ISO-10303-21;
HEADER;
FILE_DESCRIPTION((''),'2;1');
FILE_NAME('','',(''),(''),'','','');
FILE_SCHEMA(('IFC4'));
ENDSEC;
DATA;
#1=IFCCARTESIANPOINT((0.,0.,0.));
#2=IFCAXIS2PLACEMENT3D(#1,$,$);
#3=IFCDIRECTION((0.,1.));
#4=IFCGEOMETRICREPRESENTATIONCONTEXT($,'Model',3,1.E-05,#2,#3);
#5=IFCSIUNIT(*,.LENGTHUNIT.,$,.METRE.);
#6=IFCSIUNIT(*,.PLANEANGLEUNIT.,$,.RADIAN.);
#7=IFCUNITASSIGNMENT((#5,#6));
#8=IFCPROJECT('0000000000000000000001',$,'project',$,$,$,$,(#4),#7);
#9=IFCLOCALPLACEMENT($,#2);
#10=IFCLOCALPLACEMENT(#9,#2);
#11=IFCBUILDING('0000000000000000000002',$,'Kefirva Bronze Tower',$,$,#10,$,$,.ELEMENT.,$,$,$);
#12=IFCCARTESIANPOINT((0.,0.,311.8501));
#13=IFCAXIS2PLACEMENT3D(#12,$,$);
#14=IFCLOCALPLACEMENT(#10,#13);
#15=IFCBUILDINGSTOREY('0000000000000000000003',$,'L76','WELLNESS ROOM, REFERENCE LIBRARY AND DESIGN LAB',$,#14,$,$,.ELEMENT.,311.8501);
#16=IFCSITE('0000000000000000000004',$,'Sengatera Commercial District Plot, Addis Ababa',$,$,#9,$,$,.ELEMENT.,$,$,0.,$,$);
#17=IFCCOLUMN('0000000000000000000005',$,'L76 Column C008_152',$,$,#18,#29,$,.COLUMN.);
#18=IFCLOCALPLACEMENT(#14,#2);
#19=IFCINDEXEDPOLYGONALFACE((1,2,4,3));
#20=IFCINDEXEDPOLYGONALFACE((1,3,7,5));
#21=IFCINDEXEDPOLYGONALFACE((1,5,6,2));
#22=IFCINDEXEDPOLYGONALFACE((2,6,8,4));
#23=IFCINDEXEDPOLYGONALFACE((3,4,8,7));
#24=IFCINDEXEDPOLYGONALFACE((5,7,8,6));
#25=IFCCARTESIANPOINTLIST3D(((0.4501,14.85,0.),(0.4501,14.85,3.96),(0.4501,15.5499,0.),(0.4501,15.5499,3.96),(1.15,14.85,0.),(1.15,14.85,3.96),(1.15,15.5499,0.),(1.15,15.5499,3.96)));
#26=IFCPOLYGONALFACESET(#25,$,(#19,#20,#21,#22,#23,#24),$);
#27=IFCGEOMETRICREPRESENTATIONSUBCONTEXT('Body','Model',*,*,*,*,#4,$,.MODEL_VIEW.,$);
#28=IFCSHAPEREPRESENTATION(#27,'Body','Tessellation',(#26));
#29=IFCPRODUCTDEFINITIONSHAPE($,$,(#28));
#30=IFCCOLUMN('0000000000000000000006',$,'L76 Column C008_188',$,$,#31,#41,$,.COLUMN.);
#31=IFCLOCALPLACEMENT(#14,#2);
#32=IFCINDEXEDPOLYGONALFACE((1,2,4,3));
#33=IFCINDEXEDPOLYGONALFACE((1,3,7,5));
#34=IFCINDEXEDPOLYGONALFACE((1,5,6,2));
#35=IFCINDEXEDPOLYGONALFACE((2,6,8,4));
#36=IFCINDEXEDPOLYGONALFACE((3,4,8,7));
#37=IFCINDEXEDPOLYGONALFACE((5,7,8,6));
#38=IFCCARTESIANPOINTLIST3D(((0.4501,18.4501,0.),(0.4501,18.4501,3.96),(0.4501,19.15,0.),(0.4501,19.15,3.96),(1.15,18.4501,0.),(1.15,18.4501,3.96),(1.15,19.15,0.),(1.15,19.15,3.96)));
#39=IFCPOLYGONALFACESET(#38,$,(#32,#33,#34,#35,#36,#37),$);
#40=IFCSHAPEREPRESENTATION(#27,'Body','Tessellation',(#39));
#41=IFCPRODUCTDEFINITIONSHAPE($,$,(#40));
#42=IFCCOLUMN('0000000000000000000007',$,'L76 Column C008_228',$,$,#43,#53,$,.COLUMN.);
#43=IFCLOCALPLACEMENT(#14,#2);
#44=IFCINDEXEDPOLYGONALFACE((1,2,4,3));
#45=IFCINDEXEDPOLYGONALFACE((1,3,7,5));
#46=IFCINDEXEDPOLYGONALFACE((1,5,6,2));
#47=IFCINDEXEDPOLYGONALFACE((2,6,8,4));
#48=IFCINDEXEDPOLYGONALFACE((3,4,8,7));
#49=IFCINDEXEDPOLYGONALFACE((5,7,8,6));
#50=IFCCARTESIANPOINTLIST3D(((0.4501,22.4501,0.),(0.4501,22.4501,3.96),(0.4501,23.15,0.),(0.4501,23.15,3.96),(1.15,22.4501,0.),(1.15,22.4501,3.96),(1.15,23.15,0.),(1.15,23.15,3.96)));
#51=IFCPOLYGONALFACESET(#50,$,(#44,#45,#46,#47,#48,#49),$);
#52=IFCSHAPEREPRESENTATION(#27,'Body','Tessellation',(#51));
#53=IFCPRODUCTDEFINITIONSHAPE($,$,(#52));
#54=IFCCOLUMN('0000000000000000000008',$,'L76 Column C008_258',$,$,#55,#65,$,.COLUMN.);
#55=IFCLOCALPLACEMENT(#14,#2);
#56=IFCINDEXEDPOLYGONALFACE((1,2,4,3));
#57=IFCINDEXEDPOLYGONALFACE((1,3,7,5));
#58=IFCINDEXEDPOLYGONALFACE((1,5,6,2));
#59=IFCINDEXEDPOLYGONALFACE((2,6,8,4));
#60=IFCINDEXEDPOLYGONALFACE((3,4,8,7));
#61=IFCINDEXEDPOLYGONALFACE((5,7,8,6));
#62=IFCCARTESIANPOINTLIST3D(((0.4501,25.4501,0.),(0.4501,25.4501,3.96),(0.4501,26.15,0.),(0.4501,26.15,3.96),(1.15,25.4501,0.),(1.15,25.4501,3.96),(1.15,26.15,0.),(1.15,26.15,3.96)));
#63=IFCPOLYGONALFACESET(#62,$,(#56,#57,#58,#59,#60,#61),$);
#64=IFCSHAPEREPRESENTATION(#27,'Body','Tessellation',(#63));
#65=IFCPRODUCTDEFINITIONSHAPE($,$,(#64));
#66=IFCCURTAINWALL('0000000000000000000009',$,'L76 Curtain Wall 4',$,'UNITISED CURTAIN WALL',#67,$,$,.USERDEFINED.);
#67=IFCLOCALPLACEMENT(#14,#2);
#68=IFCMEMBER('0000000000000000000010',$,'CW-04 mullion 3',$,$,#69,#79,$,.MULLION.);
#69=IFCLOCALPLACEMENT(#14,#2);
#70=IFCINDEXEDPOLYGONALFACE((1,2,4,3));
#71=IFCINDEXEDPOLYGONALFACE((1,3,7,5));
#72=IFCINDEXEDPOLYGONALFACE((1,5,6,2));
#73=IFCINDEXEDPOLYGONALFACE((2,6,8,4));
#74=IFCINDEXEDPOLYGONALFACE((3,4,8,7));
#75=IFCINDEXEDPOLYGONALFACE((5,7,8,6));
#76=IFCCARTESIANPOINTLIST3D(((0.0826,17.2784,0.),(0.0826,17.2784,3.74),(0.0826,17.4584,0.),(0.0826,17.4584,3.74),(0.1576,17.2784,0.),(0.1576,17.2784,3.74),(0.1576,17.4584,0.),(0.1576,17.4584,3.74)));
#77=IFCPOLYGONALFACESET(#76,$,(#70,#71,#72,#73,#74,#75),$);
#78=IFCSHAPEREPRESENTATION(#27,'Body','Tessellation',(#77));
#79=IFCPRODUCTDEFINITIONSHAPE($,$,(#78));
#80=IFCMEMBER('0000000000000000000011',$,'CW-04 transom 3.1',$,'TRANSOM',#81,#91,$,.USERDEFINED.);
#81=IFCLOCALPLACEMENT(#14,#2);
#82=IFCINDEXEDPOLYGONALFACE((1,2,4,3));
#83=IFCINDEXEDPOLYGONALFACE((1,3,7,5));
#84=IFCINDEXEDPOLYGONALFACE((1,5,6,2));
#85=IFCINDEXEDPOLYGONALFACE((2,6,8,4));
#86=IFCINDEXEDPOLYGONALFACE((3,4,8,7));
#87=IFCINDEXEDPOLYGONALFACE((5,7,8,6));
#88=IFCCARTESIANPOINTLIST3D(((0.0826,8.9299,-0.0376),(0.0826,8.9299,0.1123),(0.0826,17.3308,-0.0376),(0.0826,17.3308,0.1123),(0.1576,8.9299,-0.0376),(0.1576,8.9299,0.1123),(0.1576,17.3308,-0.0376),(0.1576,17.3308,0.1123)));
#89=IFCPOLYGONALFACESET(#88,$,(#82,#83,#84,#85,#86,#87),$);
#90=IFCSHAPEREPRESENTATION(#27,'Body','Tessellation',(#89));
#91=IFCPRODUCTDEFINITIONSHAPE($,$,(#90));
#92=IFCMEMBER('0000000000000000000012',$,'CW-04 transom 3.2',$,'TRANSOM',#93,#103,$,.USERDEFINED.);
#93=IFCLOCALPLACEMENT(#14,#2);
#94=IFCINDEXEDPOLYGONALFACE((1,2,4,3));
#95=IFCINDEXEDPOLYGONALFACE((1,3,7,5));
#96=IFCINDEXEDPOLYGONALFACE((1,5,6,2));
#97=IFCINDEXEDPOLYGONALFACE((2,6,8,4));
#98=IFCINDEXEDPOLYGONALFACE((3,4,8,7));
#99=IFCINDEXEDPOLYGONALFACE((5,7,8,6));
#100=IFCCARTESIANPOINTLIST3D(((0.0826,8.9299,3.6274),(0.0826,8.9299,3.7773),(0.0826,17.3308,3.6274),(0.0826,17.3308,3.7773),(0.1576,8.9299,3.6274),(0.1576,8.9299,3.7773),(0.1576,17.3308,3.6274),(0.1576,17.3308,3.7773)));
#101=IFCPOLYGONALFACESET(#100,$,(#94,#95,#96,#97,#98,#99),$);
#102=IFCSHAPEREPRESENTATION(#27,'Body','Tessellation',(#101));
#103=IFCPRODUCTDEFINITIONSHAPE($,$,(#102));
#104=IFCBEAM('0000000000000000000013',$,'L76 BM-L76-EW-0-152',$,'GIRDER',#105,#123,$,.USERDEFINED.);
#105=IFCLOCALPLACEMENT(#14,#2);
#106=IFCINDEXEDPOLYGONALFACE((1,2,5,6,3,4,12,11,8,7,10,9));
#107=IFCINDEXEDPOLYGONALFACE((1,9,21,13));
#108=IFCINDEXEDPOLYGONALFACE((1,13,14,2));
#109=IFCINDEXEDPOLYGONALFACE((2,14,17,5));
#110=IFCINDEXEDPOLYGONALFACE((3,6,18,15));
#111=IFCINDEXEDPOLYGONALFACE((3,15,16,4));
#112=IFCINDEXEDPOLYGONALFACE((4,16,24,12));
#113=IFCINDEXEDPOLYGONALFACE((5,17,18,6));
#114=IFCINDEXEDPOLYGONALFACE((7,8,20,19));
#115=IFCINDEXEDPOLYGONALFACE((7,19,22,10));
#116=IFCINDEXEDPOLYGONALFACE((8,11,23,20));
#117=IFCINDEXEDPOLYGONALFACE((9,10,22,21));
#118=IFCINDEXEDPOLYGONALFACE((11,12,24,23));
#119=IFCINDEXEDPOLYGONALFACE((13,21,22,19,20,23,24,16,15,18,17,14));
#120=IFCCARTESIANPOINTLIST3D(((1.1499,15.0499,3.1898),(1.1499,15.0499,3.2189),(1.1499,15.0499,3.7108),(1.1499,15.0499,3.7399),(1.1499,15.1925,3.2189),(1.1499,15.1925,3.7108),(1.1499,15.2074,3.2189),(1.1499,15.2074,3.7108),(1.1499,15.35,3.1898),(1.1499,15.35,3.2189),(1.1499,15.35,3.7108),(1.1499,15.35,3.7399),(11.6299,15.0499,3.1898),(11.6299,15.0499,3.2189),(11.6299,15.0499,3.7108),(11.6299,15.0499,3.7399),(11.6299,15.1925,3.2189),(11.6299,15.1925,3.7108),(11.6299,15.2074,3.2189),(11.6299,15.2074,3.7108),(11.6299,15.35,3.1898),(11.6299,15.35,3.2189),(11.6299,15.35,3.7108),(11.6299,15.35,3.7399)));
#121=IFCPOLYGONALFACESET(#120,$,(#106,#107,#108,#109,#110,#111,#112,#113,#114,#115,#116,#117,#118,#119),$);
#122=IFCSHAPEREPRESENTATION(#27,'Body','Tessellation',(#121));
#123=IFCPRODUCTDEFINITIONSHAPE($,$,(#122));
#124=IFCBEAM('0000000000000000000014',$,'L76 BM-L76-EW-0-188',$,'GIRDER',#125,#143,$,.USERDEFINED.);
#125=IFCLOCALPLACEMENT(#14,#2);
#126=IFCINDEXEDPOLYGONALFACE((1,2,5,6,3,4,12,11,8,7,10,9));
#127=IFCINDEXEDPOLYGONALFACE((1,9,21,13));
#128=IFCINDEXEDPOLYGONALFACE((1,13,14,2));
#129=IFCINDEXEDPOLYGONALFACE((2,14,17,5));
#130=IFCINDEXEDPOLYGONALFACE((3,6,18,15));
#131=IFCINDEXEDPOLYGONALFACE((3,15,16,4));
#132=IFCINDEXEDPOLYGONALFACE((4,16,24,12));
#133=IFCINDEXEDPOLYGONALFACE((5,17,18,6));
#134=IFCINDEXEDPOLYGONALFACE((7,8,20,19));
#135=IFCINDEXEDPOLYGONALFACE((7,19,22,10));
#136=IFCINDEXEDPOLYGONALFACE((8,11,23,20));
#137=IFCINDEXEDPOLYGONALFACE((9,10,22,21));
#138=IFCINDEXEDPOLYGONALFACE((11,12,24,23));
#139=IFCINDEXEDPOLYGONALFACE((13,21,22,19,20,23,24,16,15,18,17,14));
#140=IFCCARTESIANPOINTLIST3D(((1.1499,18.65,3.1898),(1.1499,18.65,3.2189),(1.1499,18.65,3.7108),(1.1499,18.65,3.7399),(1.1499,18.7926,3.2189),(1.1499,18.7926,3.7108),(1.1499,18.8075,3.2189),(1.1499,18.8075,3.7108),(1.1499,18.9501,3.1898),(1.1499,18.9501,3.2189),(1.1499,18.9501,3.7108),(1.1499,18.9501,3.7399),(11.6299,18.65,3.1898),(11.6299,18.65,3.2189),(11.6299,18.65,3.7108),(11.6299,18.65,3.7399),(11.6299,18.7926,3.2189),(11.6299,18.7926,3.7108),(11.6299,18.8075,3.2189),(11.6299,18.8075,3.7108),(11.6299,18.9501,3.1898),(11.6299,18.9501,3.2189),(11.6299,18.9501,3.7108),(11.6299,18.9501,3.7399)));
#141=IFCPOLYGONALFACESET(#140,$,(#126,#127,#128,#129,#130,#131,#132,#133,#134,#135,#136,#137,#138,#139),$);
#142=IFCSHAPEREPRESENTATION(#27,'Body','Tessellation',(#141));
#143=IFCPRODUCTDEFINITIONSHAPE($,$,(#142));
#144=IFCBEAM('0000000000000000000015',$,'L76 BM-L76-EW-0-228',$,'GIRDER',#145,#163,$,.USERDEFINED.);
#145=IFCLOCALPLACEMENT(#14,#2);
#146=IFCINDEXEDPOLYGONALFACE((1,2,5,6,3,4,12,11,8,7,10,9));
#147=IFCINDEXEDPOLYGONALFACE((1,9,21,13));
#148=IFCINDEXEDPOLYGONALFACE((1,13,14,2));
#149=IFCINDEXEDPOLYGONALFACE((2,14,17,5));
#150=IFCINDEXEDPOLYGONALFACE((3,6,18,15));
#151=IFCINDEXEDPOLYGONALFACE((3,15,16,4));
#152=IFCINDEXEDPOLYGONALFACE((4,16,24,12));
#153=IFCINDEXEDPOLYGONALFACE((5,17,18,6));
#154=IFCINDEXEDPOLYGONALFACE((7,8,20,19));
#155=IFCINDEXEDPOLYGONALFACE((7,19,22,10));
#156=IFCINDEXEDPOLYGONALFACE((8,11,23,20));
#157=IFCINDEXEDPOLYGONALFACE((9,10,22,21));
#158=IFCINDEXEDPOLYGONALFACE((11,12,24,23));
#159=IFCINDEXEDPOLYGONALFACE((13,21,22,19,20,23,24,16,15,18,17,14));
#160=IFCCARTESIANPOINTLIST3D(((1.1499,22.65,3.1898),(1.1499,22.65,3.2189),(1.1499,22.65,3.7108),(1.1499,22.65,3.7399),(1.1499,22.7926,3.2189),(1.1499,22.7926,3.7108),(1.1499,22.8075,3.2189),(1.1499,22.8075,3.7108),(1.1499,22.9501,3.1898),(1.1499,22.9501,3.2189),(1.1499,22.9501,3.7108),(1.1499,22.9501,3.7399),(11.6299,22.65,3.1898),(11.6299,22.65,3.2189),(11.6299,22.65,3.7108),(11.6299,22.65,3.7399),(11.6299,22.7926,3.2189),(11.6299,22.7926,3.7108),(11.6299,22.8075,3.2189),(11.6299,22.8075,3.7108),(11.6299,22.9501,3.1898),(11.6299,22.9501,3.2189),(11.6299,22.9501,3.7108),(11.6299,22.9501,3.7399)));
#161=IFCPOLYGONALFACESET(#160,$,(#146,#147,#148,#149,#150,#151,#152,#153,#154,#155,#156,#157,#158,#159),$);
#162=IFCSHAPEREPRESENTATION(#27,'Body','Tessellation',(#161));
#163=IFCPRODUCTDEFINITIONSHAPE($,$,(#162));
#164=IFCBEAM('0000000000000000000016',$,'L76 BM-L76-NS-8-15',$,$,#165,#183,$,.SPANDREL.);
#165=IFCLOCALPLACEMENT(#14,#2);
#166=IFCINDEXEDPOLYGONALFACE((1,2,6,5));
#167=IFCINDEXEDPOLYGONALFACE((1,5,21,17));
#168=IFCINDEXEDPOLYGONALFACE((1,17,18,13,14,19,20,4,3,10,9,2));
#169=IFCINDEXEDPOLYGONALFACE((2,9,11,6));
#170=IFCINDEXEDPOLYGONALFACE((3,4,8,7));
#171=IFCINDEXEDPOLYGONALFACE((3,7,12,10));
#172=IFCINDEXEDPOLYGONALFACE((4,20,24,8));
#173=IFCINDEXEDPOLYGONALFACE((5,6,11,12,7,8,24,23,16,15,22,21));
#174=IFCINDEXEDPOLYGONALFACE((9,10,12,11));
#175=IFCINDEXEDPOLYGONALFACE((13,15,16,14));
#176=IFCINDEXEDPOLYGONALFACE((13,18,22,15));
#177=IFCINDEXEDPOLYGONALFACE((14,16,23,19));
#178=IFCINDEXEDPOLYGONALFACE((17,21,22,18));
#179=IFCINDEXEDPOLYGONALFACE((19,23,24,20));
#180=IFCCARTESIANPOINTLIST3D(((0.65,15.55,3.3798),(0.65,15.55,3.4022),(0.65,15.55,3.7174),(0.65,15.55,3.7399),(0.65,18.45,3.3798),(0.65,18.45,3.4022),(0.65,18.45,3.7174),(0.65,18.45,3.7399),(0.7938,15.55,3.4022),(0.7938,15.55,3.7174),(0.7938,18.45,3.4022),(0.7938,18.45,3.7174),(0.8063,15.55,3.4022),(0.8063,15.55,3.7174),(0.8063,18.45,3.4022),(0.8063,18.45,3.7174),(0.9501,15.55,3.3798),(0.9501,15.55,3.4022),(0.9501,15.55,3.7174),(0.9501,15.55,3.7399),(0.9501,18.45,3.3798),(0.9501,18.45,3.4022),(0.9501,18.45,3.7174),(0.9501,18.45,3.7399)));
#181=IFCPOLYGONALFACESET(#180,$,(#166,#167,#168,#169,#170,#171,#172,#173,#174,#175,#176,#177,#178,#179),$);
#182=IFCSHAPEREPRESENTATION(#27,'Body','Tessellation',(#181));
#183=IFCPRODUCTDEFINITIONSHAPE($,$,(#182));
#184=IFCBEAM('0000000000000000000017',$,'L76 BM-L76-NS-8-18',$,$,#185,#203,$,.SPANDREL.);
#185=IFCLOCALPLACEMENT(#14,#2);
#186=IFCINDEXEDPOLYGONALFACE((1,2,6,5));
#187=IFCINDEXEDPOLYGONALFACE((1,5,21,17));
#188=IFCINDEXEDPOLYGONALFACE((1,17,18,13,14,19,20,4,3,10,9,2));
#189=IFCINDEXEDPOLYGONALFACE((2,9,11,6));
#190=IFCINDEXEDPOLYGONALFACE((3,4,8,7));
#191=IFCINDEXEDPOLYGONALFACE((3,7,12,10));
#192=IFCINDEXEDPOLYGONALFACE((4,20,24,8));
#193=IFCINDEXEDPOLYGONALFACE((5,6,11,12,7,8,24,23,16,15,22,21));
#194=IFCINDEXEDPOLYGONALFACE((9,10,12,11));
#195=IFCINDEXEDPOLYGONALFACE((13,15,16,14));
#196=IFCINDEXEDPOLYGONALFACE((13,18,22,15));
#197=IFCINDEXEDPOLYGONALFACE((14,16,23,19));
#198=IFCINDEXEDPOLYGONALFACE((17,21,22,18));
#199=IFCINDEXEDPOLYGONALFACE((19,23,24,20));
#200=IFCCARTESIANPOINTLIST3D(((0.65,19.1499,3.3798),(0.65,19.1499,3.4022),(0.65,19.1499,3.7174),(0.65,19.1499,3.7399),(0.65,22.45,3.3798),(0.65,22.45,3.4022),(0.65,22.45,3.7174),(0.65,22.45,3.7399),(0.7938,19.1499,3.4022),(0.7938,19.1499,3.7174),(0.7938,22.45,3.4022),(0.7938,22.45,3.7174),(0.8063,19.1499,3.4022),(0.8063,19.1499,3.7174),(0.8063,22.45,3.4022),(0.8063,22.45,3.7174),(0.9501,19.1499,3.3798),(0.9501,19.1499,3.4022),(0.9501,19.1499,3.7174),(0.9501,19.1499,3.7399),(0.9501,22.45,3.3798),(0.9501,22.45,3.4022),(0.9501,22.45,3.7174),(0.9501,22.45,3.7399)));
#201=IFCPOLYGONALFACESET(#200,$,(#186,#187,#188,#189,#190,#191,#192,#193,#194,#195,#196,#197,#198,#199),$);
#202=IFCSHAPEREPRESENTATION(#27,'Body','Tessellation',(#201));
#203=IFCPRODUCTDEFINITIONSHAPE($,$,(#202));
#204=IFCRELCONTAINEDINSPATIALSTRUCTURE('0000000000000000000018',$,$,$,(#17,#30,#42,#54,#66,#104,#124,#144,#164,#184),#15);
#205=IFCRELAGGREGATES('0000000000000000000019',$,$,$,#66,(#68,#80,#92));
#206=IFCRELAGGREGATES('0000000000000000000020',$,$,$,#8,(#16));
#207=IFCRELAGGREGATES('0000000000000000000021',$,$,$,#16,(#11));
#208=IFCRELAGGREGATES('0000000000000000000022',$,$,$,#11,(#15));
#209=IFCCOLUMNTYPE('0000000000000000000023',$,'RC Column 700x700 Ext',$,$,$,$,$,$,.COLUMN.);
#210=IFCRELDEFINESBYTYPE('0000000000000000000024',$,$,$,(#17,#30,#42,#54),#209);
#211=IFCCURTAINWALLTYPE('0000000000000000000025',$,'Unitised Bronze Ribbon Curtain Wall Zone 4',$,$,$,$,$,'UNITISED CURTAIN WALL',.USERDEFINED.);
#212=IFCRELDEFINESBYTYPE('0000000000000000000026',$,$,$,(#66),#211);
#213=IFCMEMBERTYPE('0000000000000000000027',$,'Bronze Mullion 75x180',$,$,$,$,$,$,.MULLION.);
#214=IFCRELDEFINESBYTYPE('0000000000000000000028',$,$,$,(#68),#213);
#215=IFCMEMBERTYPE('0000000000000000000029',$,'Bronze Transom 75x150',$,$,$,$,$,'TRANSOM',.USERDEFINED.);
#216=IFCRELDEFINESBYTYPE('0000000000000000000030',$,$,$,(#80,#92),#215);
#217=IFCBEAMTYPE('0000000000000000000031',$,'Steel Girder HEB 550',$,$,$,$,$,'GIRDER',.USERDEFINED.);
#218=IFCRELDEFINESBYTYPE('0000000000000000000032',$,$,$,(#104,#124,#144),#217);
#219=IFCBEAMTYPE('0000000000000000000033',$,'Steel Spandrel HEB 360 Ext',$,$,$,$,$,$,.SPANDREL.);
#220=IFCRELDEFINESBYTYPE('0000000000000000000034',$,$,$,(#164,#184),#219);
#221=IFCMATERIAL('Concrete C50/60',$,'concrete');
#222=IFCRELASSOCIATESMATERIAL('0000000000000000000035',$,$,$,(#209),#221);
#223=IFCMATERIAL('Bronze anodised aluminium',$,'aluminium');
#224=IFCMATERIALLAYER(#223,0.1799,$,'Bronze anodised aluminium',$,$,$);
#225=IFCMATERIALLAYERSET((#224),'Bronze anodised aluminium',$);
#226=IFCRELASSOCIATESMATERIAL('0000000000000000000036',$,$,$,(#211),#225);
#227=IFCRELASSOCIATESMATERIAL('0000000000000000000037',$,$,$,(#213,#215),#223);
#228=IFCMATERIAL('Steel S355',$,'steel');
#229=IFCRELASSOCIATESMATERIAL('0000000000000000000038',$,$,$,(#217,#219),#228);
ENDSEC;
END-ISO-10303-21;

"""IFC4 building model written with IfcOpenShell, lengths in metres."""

from ifc_helpers import new_model, si_unit, direction, frame, origin, origin_2d, place, context, subcontext, project, spatial, rectangle, i_section, extrude, material, layer, layer_set, material_profile, profile_set, type_object, element, aggregate, save


model = new_model("IFC4")

# Units and contexts
model_context = context("Model", 3, precision=1e-05, world=origin(), true_north=direction((0.0, 1.0)))
body_context = subcontext(model_context, "Body", "Model", "MODEL_VIEW")
ifc_project = project(units=[si_unit("LENGTHUNIT", "METRE"), si_unit("PLANEANGLEUNIT", "RADIAN")], contexts=[model_context])

# Site, building, storey
site_placement = place(None, origin())
site = spatial("IfcSite", under=ifc_project, at=site_placement, Name="Sengatera Commercial District Plot, Addis Ababa", CompositionType="ELEMENT", RefElevation=0.0)
building_placement = place(site_placement, origin())
building = spatial("IfcBuilding", under=site, at=building_placement, Name="Kefirva Bronze Tower", CompositionType="ELEMENT")
storey_placement = place(building_placement, frame((0.0, 0.0, 311.8501)))
storey = spatial("IfcBuildingStorey", under=building, at=storey_placement, Name="L76", Description="WELLNESS ROOM, REFERENCE LIBRARY AND DESIGN LAB", CompositionType="ELEMENT", Elevation=311.8501)

# Columns
ifc_material_1 = material(Name="Concrete C50/60", Category="concrete")
ifc_material_profile_1 = material_profile(ifc_material_1, rectangle(XDim=0.7, YDim=0.7, at=origin_2d()), Name="RC 700x700")
ifc_profile_set_1 = profile_set([ifc_material_profile_1], Name="Concrete C50/60")
column_type = type_object("IfcColumnType", Name="RC Column 700x700 Ext", PredefinedType="COLUMN", material=ifc_profile_set_1)
for number, where, z_axis, x_axis, name in (
    (1, (0.8, 15.2, 0.0), (0.0, 0.0, 1.0), (1.0, 0.0, 0.0), "L76 Column C008_152"),
    (2, (0.8, 18.8, 0.0), (0.0, 0.0, 1.0), (1.0, 0.0, 0.0), "L76 Column C008_188"),
    (3, (0.8, 22.8, 0.0), (0.0, 0.0, 1.0), (1.0, 0.0, 0.0), "L76 Column C008_228"),
    (4, (0.8, 25.8, 0.0), (0.0, 0.0, 1.0), (1.0, 0.0, 0.0), "L76 Column C008_258"),
):
    element("IfcColumn", number, at=place(storey_placement, frame(where, z_axis=z_axis, x_axis=x_axis)), inside=storey, type_object=column_type, Name=name, PredefinedType="COLUMN", context=body_context, shape_type="SweptSolid", body=[
        extrude(rectangle(XDim=0.7, YDim=0.7, at=origin_2d()), origin(), (0.0, 0.0, 1.0), 3.96),
    ])

# Curtain wall, members
ifc_material_2 = material(Name="Bronze anodised aluminium", Category="aluminium")
ifc_layer_1 = layer(ifc_material_2, 0.1799, Name="Bronze anodised aluminium")
ifc_layer_set_1 = layer_set([ifc_layer_1], Name="Bronze anodised aluminium")
curtain_wall_type = type_object("IfcCurtainWallType", Name="Unitised Bronze Ribbon Curtain Wall Zone 4", ElementType="UNITISED CURTAIN WALL", PredefinedType="USERDEFINED", material=ifc_layer_set_1)
curtain_wall_placement = place(storey_placement, origin())
curtain_wall = element("IfcCurtainWall", 5, at=curtain_wall_placement, inside=storey, type_object=curtain_wall_type, Name="L76 Curtain Wall 4", ObjectType="UNITISED CURTAIN WALL", PredefinedType="USERDEFINED")
ifc_material_profile_2 = material_profile(ifc_material_2, rectangle(XDim=0.075, YDim=0.1799, at=origin_2d()), Name="ALU 75x180")
ifc_profile_set_2 = profile_set([ifc_material_profile_2], Name="Bronze anodised aluminium")
member_type_1 = type_object("IfcMemberType", Name="Bronze Mullion 75x180", PredefinedType="MULLION", material=ifc_profile_set_2)
member_1_placement = place(storey_placement, frame((0.1201, 17.3684, 0.0), z_axis=(0.0, 0.0, 1.0), x_axis=(1.0, 0.0, 0.0)))
member_1 = element("IfcMember", 6, at=member_1_placement, type_object=member_type_1, Name="CW-04 mullion 3", PredefinedType="MULLION", context=body_context, shape_type="SweptSolid", body=[
    extrude(rectangle(XDim=0.075, YDim=0.1799, at=origin_2d()), origin(), (0.0, 0.0, 1.0), 3.74),
])
ifc_material_profile_3 = material_profile(ifc_material_2, rectangle(XDim=0.075, YDim=0.1499, at=origin_2d()), Name="ALU 75x150")
ifc_profile_set_3 = profile_set([ifc_material_profile_3], Name="Bronze anodised aluminium")
member_type_2 = type_object("IfcMemberType", Name="Bronze Transom 75x150", ElementType="TRANSOM", PredefinedType="USERDEFINED", material=ifc_profile_set_3)
member_2_placement = place(storey_placement, frame((0.1201, 17.3308, 0.0374), z_axis=(0.0, -1.0, 0.0), x_axis=(1.0, 0.0, 0.0)))
member_2 = element("IfcMember", 7, at=member_2_placement, type_object=member_type_2, Name="CW-04 transom 3.1", ObjectType="TRANSOM", PredefinedType="USERDEFINED", context=body_context, shape_type="SweptSolid", body=[
    extrude(rectangle(XDim=0.075, YDim=0.1499, at=origin_2d()), origin(), (0.0, 0.0, 1.0), 8.4009),
])
member_3_placement = place(storey_placement, frame((0.1201, 17.3308, 3.7024), z_axis=(0.0, -1.0, 0.0), x_axis=(1.0, 0.0, 0.0)))
member_3 = element("IfcMember", 8, at=member_3_placement, type_object=member_type_2, Name="CW-04 transom 3.2", ObjectType="TRANSOM", PredefinedType="USERDEFINED", context=body_context, shape_type="SweptSolid", body=[
    extrude(rectangle(XDim=0.075, YDim=0.1499, at=origin_2d()), origin(), (0.0, 0.0, 1.0), 8.4009),
])

# Beams
ifc_material_3 = material(Name="Steel S355", Category="steel")
ifc_material_profile_4 = material_profile(ifc_material_3, i_section(OverallWidth=0.3, OverallDepth=0.55, WebThickness=0.0149, FlangeThickness=0.0291, at=origin_2d()), Name="HEB 550")
ifc_profile_set_4 = profile_set([ifc_material_profile_4], Name="Steel S355")
beam_type_1 = type_object("IfcBeamType", Name="Steel Girder HEB 550", ElementType="GIRDER", PredefinedType="USERDEFINED", material=ifc_profile_set_4)
for number, where, z_axis, x_axis, name in (
    (9, (1.1499, 15.2, 3.4648), (1.0, 0.0, 0.0), (0.0, 1.0, 0.0), "L76 BM-L76-EW-0-152"),
    (10, (1.1499, 18.8, 3.4648), (1.0, 0.0, 0.0), (0.0, 1.0, 0.0), "L76 BM-L76-EW-0-188"),
    (11, (1.1499, 22.8, 3.4648), (1.0, 0.0, 0.0), (0.0, 1.0, 0.0), "L76 BM-L76-EW-0-228"),
):
    element("IfcBeam", number, at=place(storey_placement, frame(where, z_axis=z_axis, x_axis=x_axis)), inside=storey, type_object=beam_type_1, Name=name, ObjectType="GIRDER", PredefinedType="USERDEFINED", context=body_context, shape_type="SweptSolid", body=[
        extrude(i_section(OverallWidth=0.3, OverallDepth=0.55, WebThickness=0.0149, FlangeThickness=0.0291, at=origin_2d()), origin(), (0.0, 0.0, 1.0), 10.48),
    ])
ifc_material_profile_5 = material_profile(ifc_material_3, i_section(OverallWidth=0.3, OverallDepth=0.3601, WebThickness=0.0125, FlangeThickness=0.0225, at=origin_2d()), Name="HEB 360")
ifc_profile_set_5 = profile_set([ifc_material_profile_5], Name="Steel S355")
beam_type_2 = type_object("IfcBeamType", Name="Steel Spandrel HEB 360 Ext", PredefinedType="SPANDREL", material=ifc_profile_set_5)
beam_1_placement = place(storey_placement, frame((0.8, 15.55, 3.5598), z_axis=(0.0, 1.0, 0.0), x_axis=(-1.0, 0.0, 0.0)))
element("IfcBeam", 12, at=beam_1_placement, inside=storey, type_object=beam_type_2, Name="L76 BM-L76-NS-8-15", PredefinedType="SPANDREL", context=body_context, shape_type="SweptSolid", body=[
    extrude(i_section(OverallWidth=0.3, OverallDepth=0.3601, WebThickness=0.0125, FlangeThickness=0.0225, at=origin_2d()), origin(), (0.0, 0.0, 1.0), 2.8999),
])
beam_2_placement = place(storey_placement, frame((0.8, 19.1499, 3.5598), z_axis=(0.0, 1.0, 0.0), x_axis=(-1.0, 0.0, 0.0)))
element("IfcBeam", 13, at=beam_2_placement, inside=storey, type_object=beam_type_2, Name="L76 BM-L76-NS-8-18", PredefinedType="SPANDREL", context=body_context, shape_type="SweptSolid", body=[
    extrude(i_section(OverallWidth=0.3, OverallDepth=0.3601, WebThickness=0.0125, FlangeThickness=0.0225, at=origin_2d()), origin(), (0.0, 0.0, 1.0), 3.3),
])

aggregate(curtain_wall, [member_1, member_2, member_3])

save(model, "model.ifc")
